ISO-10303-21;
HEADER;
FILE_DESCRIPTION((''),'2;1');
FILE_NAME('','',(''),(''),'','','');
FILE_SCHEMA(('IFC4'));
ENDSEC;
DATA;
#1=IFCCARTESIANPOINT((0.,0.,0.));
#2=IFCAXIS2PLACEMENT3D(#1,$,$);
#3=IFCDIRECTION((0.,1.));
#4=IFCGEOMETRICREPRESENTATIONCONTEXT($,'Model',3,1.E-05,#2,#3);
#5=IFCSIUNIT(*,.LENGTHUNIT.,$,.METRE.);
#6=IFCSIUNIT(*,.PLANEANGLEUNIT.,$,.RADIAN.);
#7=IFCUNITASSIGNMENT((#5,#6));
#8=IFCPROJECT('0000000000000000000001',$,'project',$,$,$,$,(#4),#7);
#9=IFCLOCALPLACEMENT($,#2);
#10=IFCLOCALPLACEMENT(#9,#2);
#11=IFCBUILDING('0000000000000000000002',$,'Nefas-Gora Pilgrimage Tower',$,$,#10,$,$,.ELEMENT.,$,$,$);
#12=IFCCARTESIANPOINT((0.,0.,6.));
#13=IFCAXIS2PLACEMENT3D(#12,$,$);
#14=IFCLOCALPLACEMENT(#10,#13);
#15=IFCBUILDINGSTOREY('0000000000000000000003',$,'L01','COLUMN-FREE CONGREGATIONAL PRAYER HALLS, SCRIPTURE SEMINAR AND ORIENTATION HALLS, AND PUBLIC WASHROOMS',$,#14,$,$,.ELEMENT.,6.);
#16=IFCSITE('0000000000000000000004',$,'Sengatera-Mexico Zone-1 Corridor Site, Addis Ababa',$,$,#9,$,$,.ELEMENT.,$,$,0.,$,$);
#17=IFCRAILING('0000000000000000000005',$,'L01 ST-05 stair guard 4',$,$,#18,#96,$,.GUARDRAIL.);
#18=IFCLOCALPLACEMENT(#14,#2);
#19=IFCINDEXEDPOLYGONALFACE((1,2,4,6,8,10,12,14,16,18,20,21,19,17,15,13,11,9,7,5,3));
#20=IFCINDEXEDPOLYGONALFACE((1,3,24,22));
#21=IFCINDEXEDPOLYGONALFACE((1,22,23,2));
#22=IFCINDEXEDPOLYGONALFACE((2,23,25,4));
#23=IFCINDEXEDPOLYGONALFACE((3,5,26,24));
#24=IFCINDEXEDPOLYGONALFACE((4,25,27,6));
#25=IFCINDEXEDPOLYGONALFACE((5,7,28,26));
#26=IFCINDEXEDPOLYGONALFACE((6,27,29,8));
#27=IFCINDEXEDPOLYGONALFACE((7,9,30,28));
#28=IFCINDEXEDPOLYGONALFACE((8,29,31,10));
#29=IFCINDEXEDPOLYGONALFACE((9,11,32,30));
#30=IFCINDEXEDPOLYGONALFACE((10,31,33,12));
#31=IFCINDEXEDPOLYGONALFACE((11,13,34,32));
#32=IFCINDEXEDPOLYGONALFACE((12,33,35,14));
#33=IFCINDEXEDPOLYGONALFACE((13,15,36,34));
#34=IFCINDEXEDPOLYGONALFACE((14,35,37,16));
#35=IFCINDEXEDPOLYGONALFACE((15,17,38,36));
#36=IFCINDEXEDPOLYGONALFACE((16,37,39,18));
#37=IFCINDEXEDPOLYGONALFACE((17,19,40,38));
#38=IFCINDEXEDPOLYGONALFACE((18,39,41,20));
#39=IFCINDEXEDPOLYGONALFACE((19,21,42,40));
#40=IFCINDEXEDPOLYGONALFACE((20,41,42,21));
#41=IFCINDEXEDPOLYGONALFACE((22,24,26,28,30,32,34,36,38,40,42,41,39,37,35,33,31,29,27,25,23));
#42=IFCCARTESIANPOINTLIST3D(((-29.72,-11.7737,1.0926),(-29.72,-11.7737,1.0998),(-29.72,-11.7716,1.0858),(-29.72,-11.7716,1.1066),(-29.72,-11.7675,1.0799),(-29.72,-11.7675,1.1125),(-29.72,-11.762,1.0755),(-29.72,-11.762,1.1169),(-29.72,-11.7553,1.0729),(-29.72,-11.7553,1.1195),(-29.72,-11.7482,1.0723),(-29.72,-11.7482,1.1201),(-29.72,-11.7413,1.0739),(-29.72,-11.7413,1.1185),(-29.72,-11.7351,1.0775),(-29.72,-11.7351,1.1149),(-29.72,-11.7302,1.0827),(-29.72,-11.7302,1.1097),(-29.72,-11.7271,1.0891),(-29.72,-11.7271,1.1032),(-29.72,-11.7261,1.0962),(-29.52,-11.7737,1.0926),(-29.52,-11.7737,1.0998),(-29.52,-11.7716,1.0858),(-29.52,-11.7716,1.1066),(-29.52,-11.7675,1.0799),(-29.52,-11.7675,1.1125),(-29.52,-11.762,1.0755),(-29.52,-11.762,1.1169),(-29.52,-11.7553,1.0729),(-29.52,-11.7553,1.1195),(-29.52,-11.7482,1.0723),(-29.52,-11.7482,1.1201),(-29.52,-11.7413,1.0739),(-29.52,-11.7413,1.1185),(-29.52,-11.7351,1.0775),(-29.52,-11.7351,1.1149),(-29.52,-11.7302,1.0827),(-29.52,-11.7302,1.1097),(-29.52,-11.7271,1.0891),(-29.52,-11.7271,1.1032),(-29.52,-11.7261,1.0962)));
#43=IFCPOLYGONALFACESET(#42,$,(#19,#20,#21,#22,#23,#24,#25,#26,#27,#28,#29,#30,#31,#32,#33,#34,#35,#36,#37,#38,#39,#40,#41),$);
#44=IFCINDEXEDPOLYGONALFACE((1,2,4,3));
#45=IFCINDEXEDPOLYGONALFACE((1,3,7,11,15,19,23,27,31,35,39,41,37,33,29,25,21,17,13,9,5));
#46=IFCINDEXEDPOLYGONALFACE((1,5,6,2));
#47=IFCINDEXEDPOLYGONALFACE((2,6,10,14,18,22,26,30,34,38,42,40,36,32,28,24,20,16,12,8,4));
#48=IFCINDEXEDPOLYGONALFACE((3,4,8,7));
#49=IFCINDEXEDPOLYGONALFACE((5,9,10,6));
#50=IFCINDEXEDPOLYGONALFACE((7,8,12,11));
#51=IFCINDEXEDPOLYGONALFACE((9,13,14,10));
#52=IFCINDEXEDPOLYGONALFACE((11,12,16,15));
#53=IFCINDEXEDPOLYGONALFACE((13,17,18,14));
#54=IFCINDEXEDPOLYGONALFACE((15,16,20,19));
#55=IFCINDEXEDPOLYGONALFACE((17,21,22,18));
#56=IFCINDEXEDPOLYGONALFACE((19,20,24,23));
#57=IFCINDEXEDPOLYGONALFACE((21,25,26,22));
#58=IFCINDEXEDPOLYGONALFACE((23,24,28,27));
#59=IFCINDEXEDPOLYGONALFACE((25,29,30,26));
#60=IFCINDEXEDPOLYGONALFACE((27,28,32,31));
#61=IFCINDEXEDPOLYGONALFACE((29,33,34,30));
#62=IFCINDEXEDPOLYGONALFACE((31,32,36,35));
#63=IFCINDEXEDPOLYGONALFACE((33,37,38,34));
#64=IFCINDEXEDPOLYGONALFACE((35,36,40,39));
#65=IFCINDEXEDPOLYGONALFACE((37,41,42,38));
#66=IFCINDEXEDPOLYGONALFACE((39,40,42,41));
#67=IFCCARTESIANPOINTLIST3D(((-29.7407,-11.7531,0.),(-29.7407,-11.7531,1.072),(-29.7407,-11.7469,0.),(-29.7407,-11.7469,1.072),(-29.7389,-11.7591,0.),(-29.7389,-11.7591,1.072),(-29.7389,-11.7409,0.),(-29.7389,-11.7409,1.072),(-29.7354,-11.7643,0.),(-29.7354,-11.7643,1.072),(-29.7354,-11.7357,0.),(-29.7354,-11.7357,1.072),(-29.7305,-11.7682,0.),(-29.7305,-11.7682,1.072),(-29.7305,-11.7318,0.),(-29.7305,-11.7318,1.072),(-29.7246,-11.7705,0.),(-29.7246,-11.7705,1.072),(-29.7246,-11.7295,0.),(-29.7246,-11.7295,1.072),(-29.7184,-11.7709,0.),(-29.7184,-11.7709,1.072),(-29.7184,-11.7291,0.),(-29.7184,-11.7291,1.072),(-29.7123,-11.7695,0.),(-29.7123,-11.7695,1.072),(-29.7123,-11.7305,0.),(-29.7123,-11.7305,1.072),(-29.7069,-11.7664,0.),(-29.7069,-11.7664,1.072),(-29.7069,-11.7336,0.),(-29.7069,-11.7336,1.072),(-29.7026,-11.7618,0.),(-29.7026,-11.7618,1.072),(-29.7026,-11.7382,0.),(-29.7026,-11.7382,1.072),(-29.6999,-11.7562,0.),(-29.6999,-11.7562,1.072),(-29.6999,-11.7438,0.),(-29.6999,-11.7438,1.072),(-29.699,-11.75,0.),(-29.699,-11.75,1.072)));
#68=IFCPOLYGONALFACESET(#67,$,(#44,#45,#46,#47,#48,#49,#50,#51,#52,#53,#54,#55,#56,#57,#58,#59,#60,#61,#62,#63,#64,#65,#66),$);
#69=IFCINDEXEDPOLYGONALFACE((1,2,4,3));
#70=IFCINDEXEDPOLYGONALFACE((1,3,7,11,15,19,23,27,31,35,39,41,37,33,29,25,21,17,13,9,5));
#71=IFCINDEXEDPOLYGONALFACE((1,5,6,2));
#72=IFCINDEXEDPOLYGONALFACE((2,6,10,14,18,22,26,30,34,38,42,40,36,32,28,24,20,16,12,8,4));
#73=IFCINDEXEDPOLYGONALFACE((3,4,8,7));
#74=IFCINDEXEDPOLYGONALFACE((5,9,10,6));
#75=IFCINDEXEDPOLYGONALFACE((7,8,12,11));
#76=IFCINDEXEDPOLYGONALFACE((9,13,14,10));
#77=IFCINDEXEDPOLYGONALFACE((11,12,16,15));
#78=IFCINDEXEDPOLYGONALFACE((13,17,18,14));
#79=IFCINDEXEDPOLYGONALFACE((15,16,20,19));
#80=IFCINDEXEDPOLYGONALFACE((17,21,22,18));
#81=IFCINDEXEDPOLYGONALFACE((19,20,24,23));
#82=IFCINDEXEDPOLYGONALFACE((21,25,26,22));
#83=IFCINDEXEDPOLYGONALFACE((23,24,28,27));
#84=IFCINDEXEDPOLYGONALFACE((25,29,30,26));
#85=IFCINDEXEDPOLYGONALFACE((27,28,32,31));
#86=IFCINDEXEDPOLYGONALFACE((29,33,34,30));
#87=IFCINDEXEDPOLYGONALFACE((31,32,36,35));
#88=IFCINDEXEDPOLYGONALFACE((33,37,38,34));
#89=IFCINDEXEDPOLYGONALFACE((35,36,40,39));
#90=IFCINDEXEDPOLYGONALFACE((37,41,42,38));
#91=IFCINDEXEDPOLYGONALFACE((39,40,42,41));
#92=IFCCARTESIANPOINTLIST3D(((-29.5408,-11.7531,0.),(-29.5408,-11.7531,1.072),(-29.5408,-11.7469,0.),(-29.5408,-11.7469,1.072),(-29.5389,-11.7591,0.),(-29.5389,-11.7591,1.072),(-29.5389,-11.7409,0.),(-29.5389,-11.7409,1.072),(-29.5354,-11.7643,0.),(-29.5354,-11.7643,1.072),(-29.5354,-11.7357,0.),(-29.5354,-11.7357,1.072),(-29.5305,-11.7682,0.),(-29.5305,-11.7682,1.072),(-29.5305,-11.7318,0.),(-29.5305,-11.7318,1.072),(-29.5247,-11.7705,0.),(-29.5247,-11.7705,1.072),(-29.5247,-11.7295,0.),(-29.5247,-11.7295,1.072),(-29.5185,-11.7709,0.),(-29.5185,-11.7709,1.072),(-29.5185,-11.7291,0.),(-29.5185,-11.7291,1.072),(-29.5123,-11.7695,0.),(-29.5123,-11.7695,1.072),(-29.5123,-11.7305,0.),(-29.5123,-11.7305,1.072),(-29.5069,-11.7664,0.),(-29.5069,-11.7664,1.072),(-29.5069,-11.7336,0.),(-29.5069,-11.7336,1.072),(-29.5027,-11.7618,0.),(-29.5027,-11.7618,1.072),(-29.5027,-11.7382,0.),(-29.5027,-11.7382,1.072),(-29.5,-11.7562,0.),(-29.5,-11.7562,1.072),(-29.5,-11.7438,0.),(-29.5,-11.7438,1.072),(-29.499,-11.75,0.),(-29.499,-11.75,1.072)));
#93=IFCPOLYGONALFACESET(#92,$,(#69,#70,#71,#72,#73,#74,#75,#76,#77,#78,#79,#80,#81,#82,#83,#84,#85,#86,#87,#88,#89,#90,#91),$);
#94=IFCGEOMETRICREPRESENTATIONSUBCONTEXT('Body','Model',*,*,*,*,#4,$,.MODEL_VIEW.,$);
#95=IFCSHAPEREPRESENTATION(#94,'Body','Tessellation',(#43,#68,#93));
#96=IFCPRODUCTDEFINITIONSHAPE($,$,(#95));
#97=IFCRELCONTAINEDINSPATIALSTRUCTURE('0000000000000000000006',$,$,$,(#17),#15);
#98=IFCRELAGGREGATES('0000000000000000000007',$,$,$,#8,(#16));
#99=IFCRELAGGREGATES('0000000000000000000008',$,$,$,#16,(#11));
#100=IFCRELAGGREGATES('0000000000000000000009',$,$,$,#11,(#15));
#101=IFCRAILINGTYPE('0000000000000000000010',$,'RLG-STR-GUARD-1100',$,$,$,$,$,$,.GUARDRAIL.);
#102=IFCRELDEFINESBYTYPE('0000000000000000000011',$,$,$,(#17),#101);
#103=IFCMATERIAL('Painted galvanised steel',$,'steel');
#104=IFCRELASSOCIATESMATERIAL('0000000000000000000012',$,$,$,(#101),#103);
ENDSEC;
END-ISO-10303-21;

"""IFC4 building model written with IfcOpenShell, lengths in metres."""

from ifc_helpers import new_model, si_unit, direction, frame, origin, origin_2d, place, context, subcontext, project, spatial, circle, extrude, material, type_object, element, save


model = new_model("IFC4")

# Units and contexts
model_context = context("Model", 3, precision=1e-05, world=origin(), true_north=direction((0.0, 1.0)))
body_context = subcontext(model_context, "Body", "Model", "MODEL_VIEW")
ifc_project = project(units=[si_unit("LENGTHUNIT", "METRE"), si_unit("PLANEANGLEUNIT", "RADIAN")], contexts=[model_context])

# Site, building, storey
site_placement = place(None, origin())
site = spatial("IfcSite", under=ifc_project, at=site_placement, Name="Sengatera-Mexico Zone-1 Corridor Site, Addis Ababa", CompositionType="ELEMENT", RefElevation=0.0)
building_placement = place(site_placement, origin())
building = spatial("IfcBuilding", under=site, at=building_placement, Name="Nefas-Gora Pilgrimage Tower", CompositionType="ELEMENT")
storey_placement = place(building_placement, frame((0.0, 0.0, 6.0)))
storey = spatial("IfcBuildingStorey", under=building, at=storey_placement, Name="L01", Description="COLUMN-FREE CONGREGATIONAL PRAYER HALLS, SCRIPTURE SEMINAR AND ORIENTATION HALLS, AND PUBLIC WASHROOMS", CompositionType="ELEMENT", Elevation=6.0)

# Railing
ifc_material_1 = material(Name="Painted galvanised steel", Category="steel")
railing_type_1 = type_object("IfcRailingType", Name="RLG-STR-GUARD-1100", PredefinedType="GUARDRAIL", material=ifc_material_1)
railing_1_placement = place(storey_placement, frame((-29.72, -11.75, 0.0)))
element("IfcRailing", 1, at=railing_1_placement, inside=storey, type_object=railing_type_1, Name="L01 ST-05 stair guard 4", PredefinedType="GUARDRAIL", context=body_context, shape_type="SweptSolid", body=[
    extrude(circle(Radius=0.0239, at=origin_2d()), frame((0.0, 0.0, 1.0962), z_axis=(1.0, 0.0, 0.0), x_axis=(0.0, 1.0, 0.0)), (0.0, 0.0, 1.0), 0.2),
    extrude(circle(Radius=0.021, at=origin_2d()), origin(), (0.0, 0.0, 1.0), 1.072),
    extrude(circle(Radius=0.021, at=origin_2d()), frame((0.2, 0.0, 0.0)), (0.0, 0.0, 1.0), 1.072),
])

save(model, "model.ifc")
